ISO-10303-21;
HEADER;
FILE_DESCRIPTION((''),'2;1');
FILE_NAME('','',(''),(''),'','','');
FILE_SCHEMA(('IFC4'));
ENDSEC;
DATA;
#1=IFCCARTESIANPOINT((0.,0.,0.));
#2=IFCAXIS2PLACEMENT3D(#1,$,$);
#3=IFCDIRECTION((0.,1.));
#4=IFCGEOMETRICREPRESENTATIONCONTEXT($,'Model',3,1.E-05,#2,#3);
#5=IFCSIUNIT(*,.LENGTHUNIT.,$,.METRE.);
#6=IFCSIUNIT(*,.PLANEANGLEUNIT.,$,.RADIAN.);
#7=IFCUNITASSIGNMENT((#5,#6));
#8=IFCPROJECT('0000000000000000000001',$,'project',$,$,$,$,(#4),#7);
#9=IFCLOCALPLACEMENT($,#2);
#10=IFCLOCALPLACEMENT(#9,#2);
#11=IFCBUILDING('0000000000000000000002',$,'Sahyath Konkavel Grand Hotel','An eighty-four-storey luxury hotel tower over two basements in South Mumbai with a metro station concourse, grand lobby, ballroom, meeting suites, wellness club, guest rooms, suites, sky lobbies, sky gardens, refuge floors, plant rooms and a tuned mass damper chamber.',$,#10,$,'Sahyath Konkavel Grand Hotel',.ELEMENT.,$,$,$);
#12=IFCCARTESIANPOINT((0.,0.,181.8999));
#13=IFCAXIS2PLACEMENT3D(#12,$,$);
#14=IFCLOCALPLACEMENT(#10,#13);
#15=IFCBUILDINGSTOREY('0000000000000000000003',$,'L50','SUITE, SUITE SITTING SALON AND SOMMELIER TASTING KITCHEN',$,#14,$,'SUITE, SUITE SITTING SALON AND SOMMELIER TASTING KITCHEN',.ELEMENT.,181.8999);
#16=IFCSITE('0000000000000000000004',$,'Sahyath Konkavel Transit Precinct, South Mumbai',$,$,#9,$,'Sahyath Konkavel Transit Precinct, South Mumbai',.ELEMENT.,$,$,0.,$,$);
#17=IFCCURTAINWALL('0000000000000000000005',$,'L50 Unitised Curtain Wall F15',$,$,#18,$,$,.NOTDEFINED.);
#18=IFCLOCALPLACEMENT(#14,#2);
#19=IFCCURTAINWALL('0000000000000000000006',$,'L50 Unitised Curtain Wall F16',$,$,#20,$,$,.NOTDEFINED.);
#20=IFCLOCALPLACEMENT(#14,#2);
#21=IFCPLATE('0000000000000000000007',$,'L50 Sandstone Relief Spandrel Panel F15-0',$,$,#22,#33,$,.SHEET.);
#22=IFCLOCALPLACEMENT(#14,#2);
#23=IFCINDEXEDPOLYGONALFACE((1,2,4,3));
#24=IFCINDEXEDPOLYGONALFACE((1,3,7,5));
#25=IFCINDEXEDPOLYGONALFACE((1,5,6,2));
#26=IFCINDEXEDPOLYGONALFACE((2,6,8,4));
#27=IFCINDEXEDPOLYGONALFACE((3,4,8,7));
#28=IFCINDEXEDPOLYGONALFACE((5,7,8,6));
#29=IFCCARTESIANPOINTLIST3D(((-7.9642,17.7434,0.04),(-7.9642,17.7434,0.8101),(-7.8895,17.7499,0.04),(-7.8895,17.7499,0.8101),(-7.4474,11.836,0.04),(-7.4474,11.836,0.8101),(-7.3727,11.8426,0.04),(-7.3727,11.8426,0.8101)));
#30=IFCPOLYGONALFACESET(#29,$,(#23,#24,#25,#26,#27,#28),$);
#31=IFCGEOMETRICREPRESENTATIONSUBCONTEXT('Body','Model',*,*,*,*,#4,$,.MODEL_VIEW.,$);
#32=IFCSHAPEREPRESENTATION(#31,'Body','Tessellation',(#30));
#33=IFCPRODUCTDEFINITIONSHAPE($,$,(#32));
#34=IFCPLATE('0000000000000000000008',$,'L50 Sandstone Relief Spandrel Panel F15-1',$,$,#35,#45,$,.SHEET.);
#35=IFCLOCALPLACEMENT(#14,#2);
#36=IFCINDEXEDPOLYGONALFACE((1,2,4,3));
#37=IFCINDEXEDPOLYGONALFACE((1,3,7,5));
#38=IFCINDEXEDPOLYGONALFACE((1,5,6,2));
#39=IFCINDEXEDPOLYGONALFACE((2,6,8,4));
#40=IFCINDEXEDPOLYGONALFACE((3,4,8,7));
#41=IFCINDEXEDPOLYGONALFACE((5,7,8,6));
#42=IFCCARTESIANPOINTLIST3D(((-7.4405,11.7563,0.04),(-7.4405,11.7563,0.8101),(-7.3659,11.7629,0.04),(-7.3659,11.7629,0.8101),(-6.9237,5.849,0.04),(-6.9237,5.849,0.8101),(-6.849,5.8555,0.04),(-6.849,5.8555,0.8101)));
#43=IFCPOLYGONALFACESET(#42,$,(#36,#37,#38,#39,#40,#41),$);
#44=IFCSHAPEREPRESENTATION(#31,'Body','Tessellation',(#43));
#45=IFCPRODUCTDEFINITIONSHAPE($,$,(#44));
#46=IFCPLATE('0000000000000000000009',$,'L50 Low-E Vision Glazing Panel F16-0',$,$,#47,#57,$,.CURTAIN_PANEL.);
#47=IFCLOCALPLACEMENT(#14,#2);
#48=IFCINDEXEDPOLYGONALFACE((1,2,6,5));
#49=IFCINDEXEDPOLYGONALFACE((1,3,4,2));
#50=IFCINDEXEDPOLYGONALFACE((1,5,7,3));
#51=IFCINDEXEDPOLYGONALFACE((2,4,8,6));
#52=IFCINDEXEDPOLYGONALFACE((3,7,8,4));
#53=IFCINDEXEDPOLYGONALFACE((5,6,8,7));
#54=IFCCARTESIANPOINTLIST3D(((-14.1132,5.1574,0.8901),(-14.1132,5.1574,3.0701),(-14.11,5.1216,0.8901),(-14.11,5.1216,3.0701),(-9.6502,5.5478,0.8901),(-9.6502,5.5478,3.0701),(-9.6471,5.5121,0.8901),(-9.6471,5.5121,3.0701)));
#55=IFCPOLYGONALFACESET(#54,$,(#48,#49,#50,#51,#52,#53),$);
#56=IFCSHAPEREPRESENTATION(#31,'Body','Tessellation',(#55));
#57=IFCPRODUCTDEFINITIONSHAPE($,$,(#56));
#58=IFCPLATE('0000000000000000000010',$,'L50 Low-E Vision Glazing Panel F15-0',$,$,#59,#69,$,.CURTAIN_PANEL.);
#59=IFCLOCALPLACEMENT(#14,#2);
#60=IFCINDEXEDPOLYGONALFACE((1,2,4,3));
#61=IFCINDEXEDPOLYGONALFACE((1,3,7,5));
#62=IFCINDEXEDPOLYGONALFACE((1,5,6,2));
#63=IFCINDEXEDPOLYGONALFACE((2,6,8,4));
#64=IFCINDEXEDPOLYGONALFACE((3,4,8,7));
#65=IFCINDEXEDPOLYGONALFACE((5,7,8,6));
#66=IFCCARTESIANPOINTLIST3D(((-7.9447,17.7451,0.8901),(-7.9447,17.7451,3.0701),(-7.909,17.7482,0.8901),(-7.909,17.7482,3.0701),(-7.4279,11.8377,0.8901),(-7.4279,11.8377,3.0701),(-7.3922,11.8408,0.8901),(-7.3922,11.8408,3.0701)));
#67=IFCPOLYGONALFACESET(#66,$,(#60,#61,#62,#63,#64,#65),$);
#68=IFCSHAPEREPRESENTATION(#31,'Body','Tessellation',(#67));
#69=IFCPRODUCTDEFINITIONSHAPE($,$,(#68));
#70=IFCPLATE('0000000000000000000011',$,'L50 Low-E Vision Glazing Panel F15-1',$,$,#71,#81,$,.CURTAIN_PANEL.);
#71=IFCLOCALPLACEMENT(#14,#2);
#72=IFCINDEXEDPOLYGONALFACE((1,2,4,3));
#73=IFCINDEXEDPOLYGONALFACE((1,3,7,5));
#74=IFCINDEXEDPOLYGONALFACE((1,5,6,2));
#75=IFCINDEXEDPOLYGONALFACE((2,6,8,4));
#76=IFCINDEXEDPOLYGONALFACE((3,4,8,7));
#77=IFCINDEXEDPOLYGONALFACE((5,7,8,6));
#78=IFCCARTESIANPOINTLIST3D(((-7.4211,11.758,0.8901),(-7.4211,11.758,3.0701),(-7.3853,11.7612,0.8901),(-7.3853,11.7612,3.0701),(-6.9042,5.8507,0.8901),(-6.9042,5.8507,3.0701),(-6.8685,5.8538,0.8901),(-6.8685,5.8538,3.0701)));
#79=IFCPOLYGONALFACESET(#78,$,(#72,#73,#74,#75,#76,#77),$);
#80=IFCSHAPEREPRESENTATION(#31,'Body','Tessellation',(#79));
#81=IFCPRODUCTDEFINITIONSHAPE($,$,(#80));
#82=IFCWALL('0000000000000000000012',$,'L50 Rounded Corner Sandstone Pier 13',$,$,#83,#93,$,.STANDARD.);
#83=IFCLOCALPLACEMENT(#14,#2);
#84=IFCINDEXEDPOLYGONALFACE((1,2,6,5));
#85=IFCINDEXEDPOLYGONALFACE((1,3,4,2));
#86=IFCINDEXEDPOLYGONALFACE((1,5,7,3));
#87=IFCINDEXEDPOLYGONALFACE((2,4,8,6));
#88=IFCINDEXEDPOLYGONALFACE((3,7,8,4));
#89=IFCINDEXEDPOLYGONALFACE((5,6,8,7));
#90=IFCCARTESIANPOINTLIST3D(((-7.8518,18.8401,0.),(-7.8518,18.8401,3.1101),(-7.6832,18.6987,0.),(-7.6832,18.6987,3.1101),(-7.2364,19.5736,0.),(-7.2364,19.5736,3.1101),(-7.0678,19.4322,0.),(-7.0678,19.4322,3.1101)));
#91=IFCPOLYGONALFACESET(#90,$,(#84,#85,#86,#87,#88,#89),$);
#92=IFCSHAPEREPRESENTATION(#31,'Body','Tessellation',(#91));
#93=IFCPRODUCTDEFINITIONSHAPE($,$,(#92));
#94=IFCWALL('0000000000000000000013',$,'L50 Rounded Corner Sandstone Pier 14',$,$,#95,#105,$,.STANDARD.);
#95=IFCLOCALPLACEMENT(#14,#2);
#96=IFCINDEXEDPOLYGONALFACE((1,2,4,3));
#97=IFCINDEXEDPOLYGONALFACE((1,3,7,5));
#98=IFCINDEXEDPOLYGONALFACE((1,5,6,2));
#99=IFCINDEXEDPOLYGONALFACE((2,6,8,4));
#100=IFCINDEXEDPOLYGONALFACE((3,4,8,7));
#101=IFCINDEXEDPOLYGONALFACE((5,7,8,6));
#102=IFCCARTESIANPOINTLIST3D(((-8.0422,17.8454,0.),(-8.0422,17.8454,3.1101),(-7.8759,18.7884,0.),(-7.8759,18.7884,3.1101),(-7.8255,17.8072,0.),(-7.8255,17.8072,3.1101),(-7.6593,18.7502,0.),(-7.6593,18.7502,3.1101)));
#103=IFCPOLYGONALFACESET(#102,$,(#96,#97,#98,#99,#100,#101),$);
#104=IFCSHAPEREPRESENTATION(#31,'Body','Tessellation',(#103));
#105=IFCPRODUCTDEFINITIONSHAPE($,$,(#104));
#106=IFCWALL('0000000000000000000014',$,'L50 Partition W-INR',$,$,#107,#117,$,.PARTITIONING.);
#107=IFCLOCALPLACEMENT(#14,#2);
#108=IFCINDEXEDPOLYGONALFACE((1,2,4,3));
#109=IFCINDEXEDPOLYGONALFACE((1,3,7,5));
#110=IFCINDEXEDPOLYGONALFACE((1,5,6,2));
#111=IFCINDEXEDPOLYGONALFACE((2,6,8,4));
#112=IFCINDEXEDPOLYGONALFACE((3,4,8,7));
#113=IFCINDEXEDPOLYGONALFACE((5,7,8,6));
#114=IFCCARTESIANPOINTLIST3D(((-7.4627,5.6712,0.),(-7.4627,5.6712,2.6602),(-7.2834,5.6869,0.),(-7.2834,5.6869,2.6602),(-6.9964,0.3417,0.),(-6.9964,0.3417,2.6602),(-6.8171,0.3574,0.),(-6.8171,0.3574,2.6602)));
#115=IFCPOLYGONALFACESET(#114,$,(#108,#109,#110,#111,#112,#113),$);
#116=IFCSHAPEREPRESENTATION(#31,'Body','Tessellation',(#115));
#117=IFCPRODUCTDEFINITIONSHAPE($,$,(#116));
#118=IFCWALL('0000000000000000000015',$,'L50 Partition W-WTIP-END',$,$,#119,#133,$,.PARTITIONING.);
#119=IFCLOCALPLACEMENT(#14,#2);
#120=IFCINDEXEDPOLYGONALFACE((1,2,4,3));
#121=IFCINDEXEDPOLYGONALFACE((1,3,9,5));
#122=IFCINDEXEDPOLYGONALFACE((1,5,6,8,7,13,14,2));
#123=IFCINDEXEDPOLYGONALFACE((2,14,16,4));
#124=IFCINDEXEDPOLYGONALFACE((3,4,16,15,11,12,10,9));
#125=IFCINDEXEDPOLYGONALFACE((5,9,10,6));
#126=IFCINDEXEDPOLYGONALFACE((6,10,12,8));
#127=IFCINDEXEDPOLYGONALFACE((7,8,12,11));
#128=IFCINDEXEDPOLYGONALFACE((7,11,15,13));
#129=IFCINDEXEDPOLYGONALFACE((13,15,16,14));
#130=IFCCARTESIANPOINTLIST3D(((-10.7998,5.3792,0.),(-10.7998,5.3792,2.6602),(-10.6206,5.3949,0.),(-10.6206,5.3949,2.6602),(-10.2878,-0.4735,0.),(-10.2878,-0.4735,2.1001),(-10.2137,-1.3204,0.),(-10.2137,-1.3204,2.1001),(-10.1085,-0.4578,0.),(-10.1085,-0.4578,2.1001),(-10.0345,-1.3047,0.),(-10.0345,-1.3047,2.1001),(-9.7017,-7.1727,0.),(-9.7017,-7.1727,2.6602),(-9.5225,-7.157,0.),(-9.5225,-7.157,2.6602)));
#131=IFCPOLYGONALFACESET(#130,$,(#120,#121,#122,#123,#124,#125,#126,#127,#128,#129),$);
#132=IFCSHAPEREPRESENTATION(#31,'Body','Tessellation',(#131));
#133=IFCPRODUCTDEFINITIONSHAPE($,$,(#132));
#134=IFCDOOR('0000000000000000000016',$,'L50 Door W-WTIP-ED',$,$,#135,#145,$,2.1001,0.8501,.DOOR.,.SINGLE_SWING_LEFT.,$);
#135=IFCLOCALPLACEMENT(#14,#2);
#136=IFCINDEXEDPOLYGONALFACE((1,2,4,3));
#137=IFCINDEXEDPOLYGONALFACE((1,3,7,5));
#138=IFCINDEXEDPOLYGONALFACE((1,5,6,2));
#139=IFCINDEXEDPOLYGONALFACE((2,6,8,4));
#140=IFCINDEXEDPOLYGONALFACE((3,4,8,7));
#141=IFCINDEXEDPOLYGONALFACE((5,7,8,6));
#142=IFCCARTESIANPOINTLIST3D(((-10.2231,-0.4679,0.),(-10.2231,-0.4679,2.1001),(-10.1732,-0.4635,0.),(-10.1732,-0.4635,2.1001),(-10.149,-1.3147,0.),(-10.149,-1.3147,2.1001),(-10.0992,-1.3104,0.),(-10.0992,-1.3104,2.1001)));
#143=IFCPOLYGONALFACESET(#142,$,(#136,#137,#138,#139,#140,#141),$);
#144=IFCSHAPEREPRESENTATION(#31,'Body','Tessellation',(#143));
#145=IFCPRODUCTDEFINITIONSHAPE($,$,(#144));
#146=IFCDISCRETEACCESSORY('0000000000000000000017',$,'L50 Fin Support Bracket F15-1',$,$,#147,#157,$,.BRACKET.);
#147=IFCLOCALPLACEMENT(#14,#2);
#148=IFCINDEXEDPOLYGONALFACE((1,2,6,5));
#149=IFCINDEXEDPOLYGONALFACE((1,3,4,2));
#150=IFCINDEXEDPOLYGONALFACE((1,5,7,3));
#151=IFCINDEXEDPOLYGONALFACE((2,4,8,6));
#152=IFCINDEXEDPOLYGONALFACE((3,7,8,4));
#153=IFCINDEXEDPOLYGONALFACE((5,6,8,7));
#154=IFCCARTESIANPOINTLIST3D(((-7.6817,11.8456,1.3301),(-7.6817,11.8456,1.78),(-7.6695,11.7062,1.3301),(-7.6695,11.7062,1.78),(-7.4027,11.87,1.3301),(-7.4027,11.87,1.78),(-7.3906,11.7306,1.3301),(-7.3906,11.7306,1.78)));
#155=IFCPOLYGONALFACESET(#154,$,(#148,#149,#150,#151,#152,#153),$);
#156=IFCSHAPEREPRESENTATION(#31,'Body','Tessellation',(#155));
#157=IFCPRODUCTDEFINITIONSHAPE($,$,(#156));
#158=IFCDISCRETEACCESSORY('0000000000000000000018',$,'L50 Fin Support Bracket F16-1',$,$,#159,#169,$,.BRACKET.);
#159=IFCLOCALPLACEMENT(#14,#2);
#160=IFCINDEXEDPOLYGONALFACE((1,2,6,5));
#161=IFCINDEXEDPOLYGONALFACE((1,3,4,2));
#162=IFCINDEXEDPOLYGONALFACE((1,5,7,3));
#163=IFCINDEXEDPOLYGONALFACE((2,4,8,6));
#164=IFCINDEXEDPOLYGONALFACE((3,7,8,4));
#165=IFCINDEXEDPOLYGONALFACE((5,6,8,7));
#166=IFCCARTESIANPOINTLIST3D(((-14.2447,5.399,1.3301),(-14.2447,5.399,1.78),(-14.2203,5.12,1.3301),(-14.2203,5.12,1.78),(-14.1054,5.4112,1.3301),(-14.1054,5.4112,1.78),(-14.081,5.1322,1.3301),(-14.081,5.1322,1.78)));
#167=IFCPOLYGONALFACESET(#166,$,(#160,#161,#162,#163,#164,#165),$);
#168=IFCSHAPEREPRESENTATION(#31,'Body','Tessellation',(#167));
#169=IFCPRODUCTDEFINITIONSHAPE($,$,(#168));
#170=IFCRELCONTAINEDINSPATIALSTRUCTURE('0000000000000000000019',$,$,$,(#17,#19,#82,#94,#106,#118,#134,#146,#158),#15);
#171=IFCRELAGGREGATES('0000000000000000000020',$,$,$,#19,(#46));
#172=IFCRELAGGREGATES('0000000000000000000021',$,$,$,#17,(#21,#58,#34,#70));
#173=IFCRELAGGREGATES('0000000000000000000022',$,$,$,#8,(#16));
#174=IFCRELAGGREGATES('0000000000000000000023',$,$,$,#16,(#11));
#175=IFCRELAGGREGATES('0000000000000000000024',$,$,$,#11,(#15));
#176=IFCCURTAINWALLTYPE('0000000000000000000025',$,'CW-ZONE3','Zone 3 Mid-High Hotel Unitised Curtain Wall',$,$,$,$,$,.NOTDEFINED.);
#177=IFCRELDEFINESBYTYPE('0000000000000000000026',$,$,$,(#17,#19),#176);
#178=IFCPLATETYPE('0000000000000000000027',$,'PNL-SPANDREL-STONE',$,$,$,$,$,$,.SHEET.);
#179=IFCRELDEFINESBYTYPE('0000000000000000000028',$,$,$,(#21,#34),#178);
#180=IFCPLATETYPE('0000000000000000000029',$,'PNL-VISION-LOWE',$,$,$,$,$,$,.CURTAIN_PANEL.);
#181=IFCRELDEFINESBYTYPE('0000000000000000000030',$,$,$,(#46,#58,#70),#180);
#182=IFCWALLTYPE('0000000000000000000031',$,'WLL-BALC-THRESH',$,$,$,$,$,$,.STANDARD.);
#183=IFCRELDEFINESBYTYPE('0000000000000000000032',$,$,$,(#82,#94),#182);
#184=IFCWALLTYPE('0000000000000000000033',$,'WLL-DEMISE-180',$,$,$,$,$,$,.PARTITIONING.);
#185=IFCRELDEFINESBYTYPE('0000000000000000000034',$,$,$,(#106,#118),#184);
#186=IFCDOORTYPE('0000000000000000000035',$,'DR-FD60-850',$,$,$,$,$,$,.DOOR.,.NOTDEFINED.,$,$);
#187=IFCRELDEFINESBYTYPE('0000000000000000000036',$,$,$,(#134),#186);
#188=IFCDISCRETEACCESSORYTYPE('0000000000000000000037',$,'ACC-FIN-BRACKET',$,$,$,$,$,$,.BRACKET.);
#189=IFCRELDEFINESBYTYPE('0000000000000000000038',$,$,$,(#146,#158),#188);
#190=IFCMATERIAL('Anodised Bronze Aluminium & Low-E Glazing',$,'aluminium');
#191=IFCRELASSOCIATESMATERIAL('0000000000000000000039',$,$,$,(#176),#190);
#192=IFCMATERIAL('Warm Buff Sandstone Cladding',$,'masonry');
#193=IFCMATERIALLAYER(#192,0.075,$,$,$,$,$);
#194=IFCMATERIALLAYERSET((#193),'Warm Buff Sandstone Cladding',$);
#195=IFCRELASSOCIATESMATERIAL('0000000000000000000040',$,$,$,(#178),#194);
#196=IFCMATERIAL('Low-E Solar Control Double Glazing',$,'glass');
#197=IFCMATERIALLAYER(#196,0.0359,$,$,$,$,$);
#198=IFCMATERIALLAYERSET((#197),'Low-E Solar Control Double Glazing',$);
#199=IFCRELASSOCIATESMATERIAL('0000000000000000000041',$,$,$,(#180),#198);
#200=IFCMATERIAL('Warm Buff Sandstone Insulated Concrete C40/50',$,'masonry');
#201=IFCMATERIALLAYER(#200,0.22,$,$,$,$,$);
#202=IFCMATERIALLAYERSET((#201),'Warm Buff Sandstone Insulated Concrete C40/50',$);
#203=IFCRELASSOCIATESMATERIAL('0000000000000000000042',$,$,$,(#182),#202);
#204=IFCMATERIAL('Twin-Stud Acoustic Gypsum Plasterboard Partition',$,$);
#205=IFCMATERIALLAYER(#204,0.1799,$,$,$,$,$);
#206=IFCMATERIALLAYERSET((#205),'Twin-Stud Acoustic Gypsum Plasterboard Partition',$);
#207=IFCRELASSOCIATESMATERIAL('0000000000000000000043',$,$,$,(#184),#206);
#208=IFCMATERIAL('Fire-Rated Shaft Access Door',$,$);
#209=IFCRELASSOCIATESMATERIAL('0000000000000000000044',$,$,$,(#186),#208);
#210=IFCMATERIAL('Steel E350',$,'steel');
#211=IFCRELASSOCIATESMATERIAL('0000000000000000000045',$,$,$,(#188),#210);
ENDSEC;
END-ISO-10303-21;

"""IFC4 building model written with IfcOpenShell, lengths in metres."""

from ifc_helpers import new_model, si_unit, direction, frame, frame_2d, origin, origin_2d, place, context, subcontext, project, spatial, rectangle, extrude, source, transform, mapped, material, layer, layer_set, type_object, element, fill, aggregate, save


model = new_model("IFC4")

# Units and contexts
model_context = context("Model", 3, precision=1e-05, world=origin(), true_north=direction((0.0, 1.0)))
body_context = subcontext(model_context, "Body", "Model", "MODEL_VIEW")
ifc_project = project(units=[si_unit("LENGTHUNIT", "METRE"), si_unit("PLANEANGLEUNIT", "RADIAN")], contexts=[model_context])

# Site, building, storey
site_placement = place(None, origin())
site = spatial("IfcSite", under=ifc_project, at=site_placement, Name="Sahyath Konkavel Transit Precinct, South Mumbai", LongName="Sahyath Konkavel Transit Precinct, South Mumbai", CompositionType="ELEMENT", RefElevation=0.0)
building_placement = place(site_placement, origin())
building = spatial("IfcBuilding", under=site, at=building_placement, Name="Sahyath Konkavel Grand Hotel", Description="An eighty-four-storey luxury hotel tower over two basements in South Mumbai with a metro station concourse, grand lobby, ballroom, meeting suites, wellness club, guest rooms, suites, sky lobbies, sky gardens, refuge floors, plant rooms and a tuned mass damper chamber.", LongName="Sahyath Konkavel Grand Hotel", CompositionType="ELEMENT")
storey_placement = place(building_placement, frame((0.0, 0.0, 181.8999)))
storey = spatial("IfcBuildingStorey", under=building, at=storey_placement, Name="L50", Description="SUITE, SUITE SITTING SALON AND SOMMELIER TASTING KITCHEN", LongName="SUITE, SUITE SITTING SALON AND SOMMELIER TASTING KITCHEN", CompositionType="ELEMENT", Elevation=181.8999)

# Curtain walls
ifc_material_1 = material(Name="Anodised Bronze Aluminium & Low-E Glazing", Category="aluminium")
curtain_wall_type = type_object("IfcCurtainWallType", Name="CW-ZONE3", Description="Zone 3 Mid-High Hotel Unitised Curtain Wall", PredefinedType="NOTDEFINED", material=ifc_material_1)
curtain_wall_1_placement = place(storey_placement, origin())
curtain_wall_1 = element("IfcCurtainWall", 1, at=curtain_wall_1_placement, inside=storey, type_object=curtain_wall_type, Name="L50 Unitised Curtain Wall F15", PredefinedType="NOTDEFINED")
curtain_wall_2_placement = place(storey_placement, origin())
curtain_wall_2 = element("IfcCurtainWall", 2, at=curtain_wall_2_placement, inside=storey, type_object=curtain_wall_type, Name="L50 Unitised Curtain Wall F16", PredefinedType="NOTDEFINED")

# Plates
ifc_material_2 = material(Name="Warm Buff Sandstone Cladding", Category="masonry")
ifc_layer_1 = layer(ifc_material_2, 0.075)
ifc_layer_set_1 = layer_set([ifc_layer_1], Name="Warm Buff Sandstone Cladding")
plate_type_1 = type_object("IfcPlateType", Name="PNL-SPANDREL-STONE", PredefinedType="SHEET", material=ifc_layer_set_1)
shared_shape_1 = source(origin(), body_context, "Body", "SweptSolid", [
    extrude(rectangle(XDim=5.9299, YDim=0.075, at=origin_2d()), origin(), (0.0, 0.0, 1.0), 0.77),
])
plate_1_placement = place(storey_placement, frame((-7.6685, 14.793, 0.04), z_axis=(0.0, 0.0, 1.0), x_axis=(0.087156, -0.996195, 0.0)))
plate_1 = element("IfcPlate", 3, at=plate_1_placement, type_object=plate_type_1, Name="L50 Sandstone Relief Spandrel Panel F15-0", PredefinedType="SHEET", context=body_context, shape_type="MappedRepresentation", body=[
    mapped(shared_shape_1, transform((0.0, 0.0, 0.0), scale=1.0)),
])
plate_2_placement = place(storey_placement, frame((-7.1448, 8.8059, 0.04), z_axis=(0.0, 0.0, 1.0), x_axis=(0.087156, -0.996195, 0.0)))
plate_2 = element("IfcPlate", 4, at=plate_2_placement, type_object=plate_type_1, Name="L50 Sandstone Relief Spandrel Panel F15-1", PredefinedType="SHEET", context=body_context, shape_type="MappedRepresentation", body=[
    mapped(shared_shape_1, transform((0.0, 0.0, 0.0), scale=1.0)),
])
ifc_material_3 = material(Name="Low-E Solar Control Double Glazing", Category="glass")
ifc_layer_2 = layer(ifc_material_3, 0.0359)
ifc_layer_set_2 = layer_set([ifc_layer_2], Name="Low-E Solar Control Double Glazing")
plate_type_2 = type_object("IfcPlateType", Name="PNL-VISION-LOWE", PredefinedType="CURTAIN_PANEL", material=ifc_layer_set_2)
shared_shape_2 = source(origin(), body_context, "Body", "SweptSolid", [
    extrude(rectangle(XDim=4.48, YDim=0.0359, at=origin_2d()), origin(), (0.0, 0.0, 1.0), 2.1799),
])
plate_3_placement = place(storey_placement, frame((-11.8801, 5.3347, 0.8901), z_axis=(0.0, 0.0, 1.0), x_axis=(-0.996195, -0.087156, 0.0)))
plate_3 = element("IfcPlate", 5, at=plate_3_placement, type_object=plate_type_2, Name="L50 Low-E Vision Glazing Panel F16-0", PredefinedType="CURTAIN_PANEL", context=body_context, shape_type="MappedRepresentation", body=[
    mapped(shared_shape_2, transform((0.0, 0.0, 0.0), scale=1.0)),
])
aggregate(curtain_wall_2, [plate_3])
shared_shape_3 = source(origin(), body_context, "Body", "SweptSolid", [
    extrude(rectangle(XDim=5.9299, YDim=0.0359, at=origin_2d()), origin(), (0.0, 0.0, 1.0), 2.1799),
])
plate_4_placement = place(storey_placement, frame((-7.6685, 14.793, 0.8901), z_axis=(0.0, 0.0, 1.0), x_axis=(0.087156, -0.996195, 0.0)))
plate_4 = element("IfcPlate", 6, at=plate_4_placement, type_object=plate_type_2, Name="L50 Low-E Vision Glazing Panel F15-0", PredefinedType="CURTAIN_PANEL", context=body_context, shape_type="MappedRepresentation", body=[
    mapped(shared_shape_3, transform((0.0, 0.0, 0.0), scale=1.0)),
])
plate_5_placement = place(storey_placement, frame((-7.1448, 8.8059, 0.8901), z_axis=(0.0, 0.0, 1.0), x_axis=(0.087156, -0.996195, 0.0)))
plate_5 = element("IfcPlate", 7, at=plate_5_placement, type_object=plate_type_2, Name="L50 Low-E Vision Glazing Panel F15-1", PredefinedType="CURTAIN_PANEL", context=body_context, shape_type="MappedRepresentation", body=[
    mapped(shared_shape_3, transform((0.0, 0.0, 0.0), scale=1.0)),
])
aggregate(curtain_wall_1, [plate_1, plate_4, plate_2, plate_5])

# Walls
ifc_material_4 = material(Name="Warm Buff Sandstone Insulated Concrete C40/50", Category="masonry")
ifc_layer_3 = layer(ifc_material_4, 0.22)
ifc_layer_set_3 = layer_set([ifc_layer_3], Name="Warm Buff Sandstone Insulated Concrete C40/50")
wall_type_1 = type_object("IfcWallType", Name="WLL-BALC-THRESH", PredefinedType="STANDARD", material=ifc_layer_set_3)
for number, where, z_axis, x_axis, name in (
    (8, (-7.1521, 19.5029, 0.0), (0.0, 0.0, 1.0), (-0.642714, -0.766107, 0.0), "L50 Rounded Corner Sandstone Pier 13"),
    (9, (-7.7676, 18.7693, 0.0), (0.0, 0.0, 1.0), (-0.173654, -0.984807, 0.0), "L50 Rounded Corner Sandstone Pier 14"),
):
    element("IfcWall", number, at=place(storey_placement, frame(where, z_axis=z_axis, x_axis=x_axis)), inside=storey, type_object=wall_type_1, Name=name, PredefinedType="STANDARD", context=body_context, shape_type="SweptSolid", body=[
        extrude(rectangle(XDim=0.9575, YDim=0.22, at=frame_2d((0.4788, 0.0))), origin(), (0.0, 0.0, 1.0), 3.1101),
    ])
ifc_material_5 = material(Name="Twin-Stud Acoustic Gypsum Plasterboard Partition")
ifc_layer_4 = layer(ifc_material_5, 0.1799)
ifc_layer_set_4 = layer_set([ifc_layer_4], Name="Twin-Stud Acoustic Gypsum Plasterboard Partition")
wall_type_2 = type_object("IfcWallType", Name="WLL-DEMISE-180", PredefinedType="PARTITIONING", material=ifc_layer_set_4)
wall_1_placement = place(storey_placement, frame((-7.373, 5.679, 0.0), z_axis=(0.0, 0.0, 1.0), x_axis=(0.087161, -0.996194, 0.0)))
element("IfcWall", 10, at=wall_1_placement, inside=storey, type_object=wall_type_2, Name="L50 Partition W-INR", PredefinedType="PARTITIONING", context=body_context, shape_type="SweptSolid", body=[
    extrude(rectangle(XDim=5.3499, YDim=0.1799, at=frame_2d((2.6748, 0.0))), origin(), (0.0, 0.0, 1.0), 2.6602),
])

# Wall, opening, door
wall_2_placement = place(storey_placement, frame((-10.7102, 5.387, 0.0), z_axis=(0.0, 0.0, 1.0), x_axis=(0.087155, -0.996195, 0.0)))
wall_2 = element("IfcWall", 11, at=wall_2_placement, inside=storey, type_object=wall_type_2, Name="L50 Partition W-WTIP-END", PredefinedType="PARTITIONING", context=body_context, shape_type="SweptSolid", body=[
    extrude(rectangle(XDim=12.5999, YDim=0.1799, at=frame_2d((6.2998, 0.0))), origin(), (0.0, 0.0, 1.0), 2.6602),
])
opening_placement = place(wall_2_placement, frame((5.875, 0.0, 0.0)))
opening = element("IfcOpeningElement", 12, at=opening_placement, cuts=wall_2, PredefinedType="OPENING", context=body_context, shape_type="SweptSolid", body=[
    extrude(rectangle(XDim=0.8501, YDim=2.1001, at=frame_2d((0.425, 1.05))), frame((0.0, 0.1001, 0.0), z_axis=(0.0, -1.0, 0.0), x_axis=(1.0, 0.0, 0.0)), (0.0, 0.0, 1.0), 0.2),
])
ifc_material_6 = material(Name="Fire-Rated Shaft Access Door")
door_type = type_object("IfcDoorType", Name="DR-FD60-850", OperationType="NOTDEFINED", PredefinedType="DOOR", material=ifc_material_6)
shared_shape_4 = source(origin(), body_context, "Body", "SweptSolid", [
    extrude(rectangle(XDim=0.8501, YDim=0.05, at=origin_2d()), origin(), (0.0, 0.0, 1.0), 2.1001),
])
door_placement = place(opening_placement, frame((0.425, 0.0, 0.0)))
door = element("IfcDoor", 13, at=door_placement, inside=storey, type_object=door_type, Name="L50 Door W-WTIP-ED", OperationType="SINGLE_SWING_LEFT", OverallHeight=2.1001, OverallWidth=0.8501, PredefinedType="DOOR", context=body_context, shape_type="MappedRepresentation", body=[
    mapped(shared_shape_4, transform((0.0, 0.0, 0.0), scale=1.0)),
])
fill(opening, door)

# Discrete accessories
ifc_material_7 = material(Name="Steel E350", Category="steel")
discrete_accessory_type = type_object("IfcDiscreteAccessoryType", Name="ACC-FIN-BRACKET", PredefinedType="BRACKET", material=ifc_material_7)
shared_shape_5 = source(origin(), body_context, "Body", "SweptSolid", [
    extrude(rectangle(XDim=0.28, YDim=0.1399, at=origin_2d()), origin(), (0.0, 0.0, 1.0), 0.45),
])
for number, where, z_axis, x_axis, name in (
    (14, (-7.5361, 11.7881, 1.3301), (0.0, 0.0, 1.0), (-0.996195, -0.087156, 0.0), "L50 Fin Support Bracket F15-1"),
    (15, (-14.1628, 5.2656, 1.3301), (0.0, 0.0, 1.0), (-0.087156, 0.996195, 0.0), "L50 Fin Support Bracket F16-1"),
):
    element("IfcDiscreteAccessory", number, at=place(storey_placement, frame(where, z_axis=z_axis, x_axis=x_axis)), inside=storey, type_object=discrete_accessory_type, Name=name, PredefinedType="BRACKET", context=body_context, shape_type="MappedRepresentation", body=[
        mapped(shared_shape_5, transform((0.0, 0.0, 0.0), scale=1.0)),
    ])

save(model, "model.ifc")
